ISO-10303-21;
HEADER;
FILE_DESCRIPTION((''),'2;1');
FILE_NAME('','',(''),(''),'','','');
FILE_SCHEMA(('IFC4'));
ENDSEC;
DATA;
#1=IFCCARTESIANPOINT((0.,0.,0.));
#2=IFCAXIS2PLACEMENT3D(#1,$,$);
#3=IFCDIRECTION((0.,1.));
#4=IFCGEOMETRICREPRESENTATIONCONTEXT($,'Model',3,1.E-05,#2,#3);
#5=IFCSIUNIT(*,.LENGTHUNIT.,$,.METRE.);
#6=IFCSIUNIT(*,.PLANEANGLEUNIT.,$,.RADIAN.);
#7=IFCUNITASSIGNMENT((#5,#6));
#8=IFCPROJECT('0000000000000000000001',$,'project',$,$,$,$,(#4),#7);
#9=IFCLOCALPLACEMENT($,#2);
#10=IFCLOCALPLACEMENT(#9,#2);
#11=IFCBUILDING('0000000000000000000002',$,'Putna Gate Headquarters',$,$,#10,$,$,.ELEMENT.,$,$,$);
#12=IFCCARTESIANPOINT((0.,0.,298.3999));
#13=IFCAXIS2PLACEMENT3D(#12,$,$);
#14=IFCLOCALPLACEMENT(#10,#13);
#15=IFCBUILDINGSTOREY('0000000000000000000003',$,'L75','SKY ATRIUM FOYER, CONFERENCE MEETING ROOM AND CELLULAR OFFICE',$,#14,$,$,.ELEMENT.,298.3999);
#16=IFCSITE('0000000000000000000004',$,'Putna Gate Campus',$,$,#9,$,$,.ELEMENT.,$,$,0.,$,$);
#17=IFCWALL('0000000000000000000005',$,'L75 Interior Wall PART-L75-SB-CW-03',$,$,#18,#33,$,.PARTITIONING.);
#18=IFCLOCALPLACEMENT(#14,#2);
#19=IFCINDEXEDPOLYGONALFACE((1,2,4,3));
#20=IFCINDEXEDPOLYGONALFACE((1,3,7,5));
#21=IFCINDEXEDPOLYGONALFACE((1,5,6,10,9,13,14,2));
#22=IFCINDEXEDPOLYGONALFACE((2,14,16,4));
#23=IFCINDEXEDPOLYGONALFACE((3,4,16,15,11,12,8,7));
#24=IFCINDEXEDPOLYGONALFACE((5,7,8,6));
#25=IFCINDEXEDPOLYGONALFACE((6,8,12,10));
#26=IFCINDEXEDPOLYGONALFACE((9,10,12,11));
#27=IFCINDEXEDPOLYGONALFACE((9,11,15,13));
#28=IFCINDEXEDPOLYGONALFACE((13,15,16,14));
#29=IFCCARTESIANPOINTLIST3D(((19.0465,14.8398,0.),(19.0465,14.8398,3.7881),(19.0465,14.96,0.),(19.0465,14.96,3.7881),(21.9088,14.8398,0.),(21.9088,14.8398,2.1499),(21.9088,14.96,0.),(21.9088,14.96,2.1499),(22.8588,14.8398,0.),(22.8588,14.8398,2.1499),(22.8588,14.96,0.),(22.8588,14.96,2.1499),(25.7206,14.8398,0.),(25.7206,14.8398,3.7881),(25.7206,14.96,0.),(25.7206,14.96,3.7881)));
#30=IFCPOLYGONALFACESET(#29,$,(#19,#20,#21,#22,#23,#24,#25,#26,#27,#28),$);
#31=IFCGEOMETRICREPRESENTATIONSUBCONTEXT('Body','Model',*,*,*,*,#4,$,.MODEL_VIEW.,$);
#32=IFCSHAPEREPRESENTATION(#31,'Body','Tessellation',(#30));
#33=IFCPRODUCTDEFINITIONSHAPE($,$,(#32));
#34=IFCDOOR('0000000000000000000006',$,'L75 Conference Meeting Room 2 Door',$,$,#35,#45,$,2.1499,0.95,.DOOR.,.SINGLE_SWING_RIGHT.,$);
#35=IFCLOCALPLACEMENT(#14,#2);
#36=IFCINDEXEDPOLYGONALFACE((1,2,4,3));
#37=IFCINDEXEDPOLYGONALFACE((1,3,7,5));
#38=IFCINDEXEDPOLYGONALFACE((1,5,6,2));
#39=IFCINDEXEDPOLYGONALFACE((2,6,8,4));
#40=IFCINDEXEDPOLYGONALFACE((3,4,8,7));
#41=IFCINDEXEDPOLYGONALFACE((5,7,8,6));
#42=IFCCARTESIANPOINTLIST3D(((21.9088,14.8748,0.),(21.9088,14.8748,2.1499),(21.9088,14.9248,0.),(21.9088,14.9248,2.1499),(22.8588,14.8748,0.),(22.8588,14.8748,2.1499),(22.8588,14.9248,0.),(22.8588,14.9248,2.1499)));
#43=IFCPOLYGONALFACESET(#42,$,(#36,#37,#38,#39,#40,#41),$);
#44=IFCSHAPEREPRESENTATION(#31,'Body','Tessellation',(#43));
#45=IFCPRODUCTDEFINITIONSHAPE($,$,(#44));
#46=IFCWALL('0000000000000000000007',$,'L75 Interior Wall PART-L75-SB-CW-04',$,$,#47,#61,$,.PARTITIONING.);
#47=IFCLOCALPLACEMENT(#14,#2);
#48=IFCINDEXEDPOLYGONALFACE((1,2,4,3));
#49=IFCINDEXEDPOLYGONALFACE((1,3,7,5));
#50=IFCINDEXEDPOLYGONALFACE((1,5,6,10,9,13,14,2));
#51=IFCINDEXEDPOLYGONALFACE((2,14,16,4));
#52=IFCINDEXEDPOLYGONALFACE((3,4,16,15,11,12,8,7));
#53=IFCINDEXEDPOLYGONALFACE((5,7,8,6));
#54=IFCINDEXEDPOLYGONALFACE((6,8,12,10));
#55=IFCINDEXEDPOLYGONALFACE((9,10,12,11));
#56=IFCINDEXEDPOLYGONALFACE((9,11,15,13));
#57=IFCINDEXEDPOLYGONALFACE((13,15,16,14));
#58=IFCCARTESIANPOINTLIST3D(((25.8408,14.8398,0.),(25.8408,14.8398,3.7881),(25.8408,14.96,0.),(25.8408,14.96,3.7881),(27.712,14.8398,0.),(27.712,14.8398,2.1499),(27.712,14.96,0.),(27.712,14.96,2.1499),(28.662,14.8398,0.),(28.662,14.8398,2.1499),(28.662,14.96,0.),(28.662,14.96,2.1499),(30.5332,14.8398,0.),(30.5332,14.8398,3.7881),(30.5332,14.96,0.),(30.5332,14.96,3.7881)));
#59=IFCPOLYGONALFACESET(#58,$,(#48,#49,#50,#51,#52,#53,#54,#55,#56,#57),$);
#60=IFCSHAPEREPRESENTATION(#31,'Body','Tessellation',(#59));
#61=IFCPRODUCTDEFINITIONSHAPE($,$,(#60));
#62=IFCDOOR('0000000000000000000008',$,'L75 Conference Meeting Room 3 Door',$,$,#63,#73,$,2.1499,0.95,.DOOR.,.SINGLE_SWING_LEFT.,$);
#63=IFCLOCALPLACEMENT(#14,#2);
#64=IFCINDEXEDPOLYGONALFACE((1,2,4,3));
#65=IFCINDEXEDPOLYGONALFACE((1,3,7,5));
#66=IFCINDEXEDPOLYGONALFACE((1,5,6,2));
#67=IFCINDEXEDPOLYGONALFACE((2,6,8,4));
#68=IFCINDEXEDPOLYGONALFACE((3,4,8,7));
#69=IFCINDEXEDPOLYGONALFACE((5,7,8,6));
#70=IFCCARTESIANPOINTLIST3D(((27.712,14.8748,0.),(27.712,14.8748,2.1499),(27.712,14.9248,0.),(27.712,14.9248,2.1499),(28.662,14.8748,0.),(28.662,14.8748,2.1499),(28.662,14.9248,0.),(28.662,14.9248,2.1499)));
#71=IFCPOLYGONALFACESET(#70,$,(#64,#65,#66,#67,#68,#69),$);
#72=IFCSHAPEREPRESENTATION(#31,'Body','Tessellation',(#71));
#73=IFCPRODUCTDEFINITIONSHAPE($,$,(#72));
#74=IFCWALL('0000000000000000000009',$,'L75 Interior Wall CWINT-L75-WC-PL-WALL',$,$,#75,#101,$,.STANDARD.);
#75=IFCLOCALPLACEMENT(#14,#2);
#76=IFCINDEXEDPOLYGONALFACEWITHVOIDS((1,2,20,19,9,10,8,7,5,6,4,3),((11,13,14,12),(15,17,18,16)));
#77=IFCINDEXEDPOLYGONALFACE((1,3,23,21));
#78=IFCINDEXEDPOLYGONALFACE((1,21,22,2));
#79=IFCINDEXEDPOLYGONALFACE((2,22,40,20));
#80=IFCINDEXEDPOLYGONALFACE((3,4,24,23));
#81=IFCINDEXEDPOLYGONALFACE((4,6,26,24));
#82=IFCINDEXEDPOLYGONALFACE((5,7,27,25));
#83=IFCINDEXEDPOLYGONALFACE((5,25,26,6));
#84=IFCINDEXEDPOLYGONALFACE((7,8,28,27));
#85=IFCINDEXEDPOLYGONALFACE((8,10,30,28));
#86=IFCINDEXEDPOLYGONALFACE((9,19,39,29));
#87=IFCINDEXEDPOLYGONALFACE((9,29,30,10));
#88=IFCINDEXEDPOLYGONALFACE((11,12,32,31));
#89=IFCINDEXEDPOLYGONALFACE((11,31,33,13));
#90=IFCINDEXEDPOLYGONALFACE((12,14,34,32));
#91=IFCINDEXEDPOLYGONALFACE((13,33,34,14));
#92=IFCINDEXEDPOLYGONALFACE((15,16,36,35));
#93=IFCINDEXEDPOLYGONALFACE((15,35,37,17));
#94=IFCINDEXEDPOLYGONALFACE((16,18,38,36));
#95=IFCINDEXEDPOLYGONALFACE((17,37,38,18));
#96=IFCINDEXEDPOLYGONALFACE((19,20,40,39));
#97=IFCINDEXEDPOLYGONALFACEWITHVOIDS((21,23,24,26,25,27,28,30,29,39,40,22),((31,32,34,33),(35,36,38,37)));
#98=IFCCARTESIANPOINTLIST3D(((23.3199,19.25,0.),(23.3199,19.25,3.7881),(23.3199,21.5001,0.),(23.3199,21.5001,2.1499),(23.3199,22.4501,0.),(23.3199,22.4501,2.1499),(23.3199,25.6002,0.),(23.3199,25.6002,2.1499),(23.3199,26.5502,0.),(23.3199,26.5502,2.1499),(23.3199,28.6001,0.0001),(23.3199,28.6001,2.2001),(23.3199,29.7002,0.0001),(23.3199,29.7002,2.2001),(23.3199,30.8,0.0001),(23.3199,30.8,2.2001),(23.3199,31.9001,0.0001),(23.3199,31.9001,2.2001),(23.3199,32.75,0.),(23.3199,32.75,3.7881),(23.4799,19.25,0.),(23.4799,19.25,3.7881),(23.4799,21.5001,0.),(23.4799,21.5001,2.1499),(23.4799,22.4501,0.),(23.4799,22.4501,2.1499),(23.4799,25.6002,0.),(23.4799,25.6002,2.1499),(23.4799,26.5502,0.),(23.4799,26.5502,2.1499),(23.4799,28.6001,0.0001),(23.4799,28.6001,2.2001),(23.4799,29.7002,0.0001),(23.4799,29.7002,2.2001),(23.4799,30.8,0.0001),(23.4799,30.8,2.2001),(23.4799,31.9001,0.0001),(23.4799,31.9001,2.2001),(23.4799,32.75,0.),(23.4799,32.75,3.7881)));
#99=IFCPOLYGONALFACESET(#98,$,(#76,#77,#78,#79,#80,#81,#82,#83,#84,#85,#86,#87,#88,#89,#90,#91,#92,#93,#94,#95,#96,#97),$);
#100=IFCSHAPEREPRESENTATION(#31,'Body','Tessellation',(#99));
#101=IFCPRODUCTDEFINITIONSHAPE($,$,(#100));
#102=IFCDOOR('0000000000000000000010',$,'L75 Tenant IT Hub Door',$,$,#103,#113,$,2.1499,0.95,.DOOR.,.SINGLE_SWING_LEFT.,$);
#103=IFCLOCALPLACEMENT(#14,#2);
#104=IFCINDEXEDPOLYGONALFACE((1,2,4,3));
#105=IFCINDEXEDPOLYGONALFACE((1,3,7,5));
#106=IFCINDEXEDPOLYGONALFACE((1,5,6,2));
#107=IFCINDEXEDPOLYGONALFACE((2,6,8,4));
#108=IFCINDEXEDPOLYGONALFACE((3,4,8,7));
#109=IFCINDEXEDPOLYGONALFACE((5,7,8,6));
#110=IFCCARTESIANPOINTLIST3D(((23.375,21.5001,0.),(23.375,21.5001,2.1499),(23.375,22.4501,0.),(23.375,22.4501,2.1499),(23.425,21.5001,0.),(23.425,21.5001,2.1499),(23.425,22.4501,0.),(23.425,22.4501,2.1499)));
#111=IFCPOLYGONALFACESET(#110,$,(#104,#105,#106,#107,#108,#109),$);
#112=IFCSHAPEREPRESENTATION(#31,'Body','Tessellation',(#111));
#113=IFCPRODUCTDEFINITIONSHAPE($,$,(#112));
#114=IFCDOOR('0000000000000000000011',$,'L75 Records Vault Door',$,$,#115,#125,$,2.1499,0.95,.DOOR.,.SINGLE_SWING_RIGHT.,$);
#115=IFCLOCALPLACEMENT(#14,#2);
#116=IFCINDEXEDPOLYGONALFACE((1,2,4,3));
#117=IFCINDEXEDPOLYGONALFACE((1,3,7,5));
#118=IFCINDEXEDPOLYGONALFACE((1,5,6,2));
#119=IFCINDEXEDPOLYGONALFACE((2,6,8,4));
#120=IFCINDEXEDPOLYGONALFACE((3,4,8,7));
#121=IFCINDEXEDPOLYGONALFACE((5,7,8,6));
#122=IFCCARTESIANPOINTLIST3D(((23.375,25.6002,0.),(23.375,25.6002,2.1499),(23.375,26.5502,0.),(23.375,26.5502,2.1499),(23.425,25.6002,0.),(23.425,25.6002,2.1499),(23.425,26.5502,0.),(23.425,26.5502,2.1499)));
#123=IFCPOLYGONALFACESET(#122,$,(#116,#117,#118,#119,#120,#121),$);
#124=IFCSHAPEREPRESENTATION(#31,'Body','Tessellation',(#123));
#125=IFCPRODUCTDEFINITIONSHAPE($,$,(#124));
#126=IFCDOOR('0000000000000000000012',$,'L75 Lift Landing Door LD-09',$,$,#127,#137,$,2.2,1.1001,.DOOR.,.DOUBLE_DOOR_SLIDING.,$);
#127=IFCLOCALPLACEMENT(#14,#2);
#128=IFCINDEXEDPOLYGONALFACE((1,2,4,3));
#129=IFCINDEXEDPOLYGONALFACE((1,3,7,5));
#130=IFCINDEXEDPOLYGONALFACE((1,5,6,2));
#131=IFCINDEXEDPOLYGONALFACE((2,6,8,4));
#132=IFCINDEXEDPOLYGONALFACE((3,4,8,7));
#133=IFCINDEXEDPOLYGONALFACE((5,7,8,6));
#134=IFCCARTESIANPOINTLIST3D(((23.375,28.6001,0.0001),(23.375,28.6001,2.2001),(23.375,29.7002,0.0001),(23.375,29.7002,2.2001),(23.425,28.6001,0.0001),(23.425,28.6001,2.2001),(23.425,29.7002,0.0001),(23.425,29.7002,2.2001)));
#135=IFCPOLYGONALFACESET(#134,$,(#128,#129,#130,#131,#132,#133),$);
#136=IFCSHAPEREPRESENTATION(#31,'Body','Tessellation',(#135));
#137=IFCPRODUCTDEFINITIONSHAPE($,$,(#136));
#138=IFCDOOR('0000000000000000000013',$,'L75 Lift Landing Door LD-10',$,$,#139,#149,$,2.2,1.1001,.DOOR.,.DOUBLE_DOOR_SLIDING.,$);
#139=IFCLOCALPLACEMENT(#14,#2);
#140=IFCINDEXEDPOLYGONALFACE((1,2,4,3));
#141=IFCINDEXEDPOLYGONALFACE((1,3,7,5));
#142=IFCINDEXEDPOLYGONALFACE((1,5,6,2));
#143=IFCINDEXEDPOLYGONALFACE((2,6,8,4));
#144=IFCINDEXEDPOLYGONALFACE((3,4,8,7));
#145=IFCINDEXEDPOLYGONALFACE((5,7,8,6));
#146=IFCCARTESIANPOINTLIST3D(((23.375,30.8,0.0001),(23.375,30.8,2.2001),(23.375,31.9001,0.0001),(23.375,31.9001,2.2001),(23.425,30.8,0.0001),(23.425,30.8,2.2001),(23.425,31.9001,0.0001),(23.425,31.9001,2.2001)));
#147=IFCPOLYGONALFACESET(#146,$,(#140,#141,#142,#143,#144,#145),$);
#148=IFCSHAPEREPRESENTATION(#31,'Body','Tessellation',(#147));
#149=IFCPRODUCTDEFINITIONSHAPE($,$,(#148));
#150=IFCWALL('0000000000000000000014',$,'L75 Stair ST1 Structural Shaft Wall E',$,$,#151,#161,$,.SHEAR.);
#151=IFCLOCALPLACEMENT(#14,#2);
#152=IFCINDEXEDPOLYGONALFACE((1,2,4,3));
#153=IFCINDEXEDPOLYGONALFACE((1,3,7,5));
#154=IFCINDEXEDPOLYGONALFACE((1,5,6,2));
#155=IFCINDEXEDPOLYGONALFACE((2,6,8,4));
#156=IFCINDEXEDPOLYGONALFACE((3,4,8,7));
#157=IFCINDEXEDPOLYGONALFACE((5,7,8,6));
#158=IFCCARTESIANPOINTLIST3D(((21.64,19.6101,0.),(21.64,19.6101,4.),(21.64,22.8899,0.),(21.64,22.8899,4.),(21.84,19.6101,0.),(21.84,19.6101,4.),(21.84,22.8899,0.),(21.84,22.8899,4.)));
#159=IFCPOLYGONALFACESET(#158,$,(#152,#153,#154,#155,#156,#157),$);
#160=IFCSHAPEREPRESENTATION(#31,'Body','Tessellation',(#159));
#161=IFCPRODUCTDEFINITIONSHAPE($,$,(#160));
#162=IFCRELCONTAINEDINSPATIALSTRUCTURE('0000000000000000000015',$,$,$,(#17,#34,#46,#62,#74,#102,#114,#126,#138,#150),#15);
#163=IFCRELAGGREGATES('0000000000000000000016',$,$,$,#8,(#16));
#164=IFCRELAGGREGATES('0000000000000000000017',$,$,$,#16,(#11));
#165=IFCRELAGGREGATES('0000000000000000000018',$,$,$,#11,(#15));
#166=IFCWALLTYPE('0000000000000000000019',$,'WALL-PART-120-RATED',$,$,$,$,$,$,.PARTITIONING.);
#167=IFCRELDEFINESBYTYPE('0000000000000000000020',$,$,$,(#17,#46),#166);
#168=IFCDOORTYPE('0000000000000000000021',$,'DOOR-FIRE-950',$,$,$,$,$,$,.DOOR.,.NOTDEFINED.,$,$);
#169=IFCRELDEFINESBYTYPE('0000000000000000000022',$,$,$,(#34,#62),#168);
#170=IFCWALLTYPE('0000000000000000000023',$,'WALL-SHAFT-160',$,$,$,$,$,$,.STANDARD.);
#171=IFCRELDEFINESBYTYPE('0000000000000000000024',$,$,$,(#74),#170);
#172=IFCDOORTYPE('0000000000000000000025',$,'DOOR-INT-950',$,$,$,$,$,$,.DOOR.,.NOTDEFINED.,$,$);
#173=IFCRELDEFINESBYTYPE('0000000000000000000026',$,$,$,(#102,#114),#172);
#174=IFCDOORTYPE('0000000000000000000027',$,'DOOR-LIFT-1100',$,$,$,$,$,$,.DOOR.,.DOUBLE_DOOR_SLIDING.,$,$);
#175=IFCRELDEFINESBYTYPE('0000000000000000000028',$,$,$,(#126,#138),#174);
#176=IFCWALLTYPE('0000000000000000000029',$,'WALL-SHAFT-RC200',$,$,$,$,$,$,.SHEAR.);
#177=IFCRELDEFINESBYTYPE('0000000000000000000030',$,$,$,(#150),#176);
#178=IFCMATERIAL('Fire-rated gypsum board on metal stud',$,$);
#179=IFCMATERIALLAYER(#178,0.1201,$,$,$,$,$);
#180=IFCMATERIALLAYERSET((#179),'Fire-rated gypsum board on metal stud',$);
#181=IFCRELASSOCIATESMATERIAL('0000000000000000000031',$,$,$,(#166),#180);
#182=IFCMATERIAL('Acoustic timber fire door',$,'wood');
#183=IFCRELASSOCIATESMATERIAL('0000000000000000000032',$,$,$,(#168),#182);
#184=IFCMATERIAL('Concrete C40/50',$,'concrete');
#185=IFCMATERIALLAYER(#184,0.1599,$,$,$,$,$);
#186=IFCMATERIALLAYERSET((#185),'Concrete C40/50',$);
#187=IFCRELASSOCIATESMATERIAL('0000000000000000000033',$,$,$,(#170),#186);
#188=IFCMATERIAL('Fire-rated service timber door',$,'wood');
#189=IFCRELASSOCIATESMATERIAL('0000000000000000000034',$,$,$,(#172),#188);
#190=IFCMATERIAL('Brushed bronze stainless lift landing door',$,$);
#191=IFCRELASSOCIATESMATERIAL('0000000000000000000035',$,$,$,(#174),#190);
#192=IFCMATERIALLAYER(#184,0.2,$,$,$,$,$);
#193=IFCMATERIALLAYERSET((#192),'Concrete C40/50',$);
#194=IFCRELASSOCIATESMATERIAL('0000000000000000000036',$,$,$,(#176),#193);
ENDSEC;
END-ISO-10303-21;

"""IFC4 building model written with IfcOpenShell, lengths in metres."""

from ifc_helpers import new_model, si_unit, direction, frame, frame_2d, origin, place, context, subcontext, project, spatial, rectangle, extrude, material, layer, layer_set, type_object, element, fill, save


model = new_model("IFC4")

# Units and contexts
model_context = context("Model", 3, precision=1e-05, world=origin(), true_north=direction((0.0, 1.0)))
body_context = subcontext(model_context, "Body", "Model", "MODEL_VIEW")
ifc_project = project(units=[si_unit("LENGTHUNIT", "METRE"), si_unit("PLANEANGLEUNIT", "RADIAN")], contexts=[model_context])

# Site, building, storey
site_placement = place(None, origin())
site = spatial("IfcSite", under=ifc_project, at=site_placement, Name="Putna Gate Campus", CompositionType="ELEMENT", RefElevation=0.0)
building_placement = place(site_placement, origin())
building = spatial("IfcBuilding", under=site, at=building_placement, Name="Putna Gate Headquarters", CompositionType="ELEMENT")
storey_placement = place(building_placement, frame((0.0, 0.0, 298.3999)))
storey = spatial("IfcBuildingStorey", under=building, at=storey_placement, Name="L75", Description="SKY ATRIUM FOYER, CONFERENCE MEETING ROOM AND CELLULAR OFFICE", CompositionType="ELEMENT", Elevation=298.3999)

# Walls, openings, doors
ifc_material_1 = material(Name="Fire-rated gypsum board on metal stud")
ifc_layer_1 = layer(ifc_material_1, 0.1201)
ifc_layer_set_1 = layer_set([ifc_layer_1], Name="Fire-rated gypsum board on metal stud")
wall_type_1 = type_object("IfcWallType", Name="WALL-PART-120-RATED", PredefinedType="PARTITIONING", material=ifc_layer_set_1)
wall_1_placement = place(storey_placement, frame((19.0466, 14.8999, 0.0), z_axis=(0.0, 0.0, 1.0), x_axis=(1.0, 0.0, 0.0)))
wall_1 = element("IfcWall", 1, at=wall_1_placement, inside=storey, type_object=wall_type_1, Name="L75 Interior Wall PART-L75-SB-CW-03", PredefinedType="PARTITIONING", context=body_context, shape_type="SweptSolid", body=[
    extrude(rectangle(XDim=6.6741, YDim=0.1201, at=frame_2d((3.3369, 0.0))), origin(), (0.0, 0.0, 1.0), 3.7881),
])
opening_1_placement = place(wall_1_placement, frame((2.8621, 0.0, 0.0)))
opening_1 = element("IfcOpeningElement", 2, at=opening_1_placement, cuts=wall_1, PredefinedType="OPENING", context=body_context, shape_type="SweptSolid", body=[
    extrude(rectangle(XDim=0.95, YDim=2.1499, at=frame_2d((0.4751, 1.075))), frame((0.0, 0.0701, 0.0), z_axis=(0.0, -1.0, 0.0), x_axis=(1.0, 0.0, 0.0)), (0.0, 0.0, 1.0), 0.1401),
])
ifc_material_2 = material(Name="Acoustic timber fire door", Category="wood")
door_type_1 = type_object("IfcDoorType", Name="DOOR-FIRE-950", OperationType="NOTDEFINED", PredefinedType="DOOR", material=ifc_material_2)
door_1_placement = place(opening_1_placement, origin())
door_1 = element("IfcDoor", 3, at=door_1_placement, inside=storey, type_object=door_type_1, Name="L75 Conference Meeting Room 2 Door", OperationType="SINGLE_SWING_RIGHT", OverallHeight=2.1499, OverallWidth=0.95, PredefinedType="DOOR", context=body_context, shape_type="SweptSolid", body=[
    extrude(rectangle(XDim=0.95, YDim=2.1499, at=frame_2d((0.4751, 1.075))), frame((0.0, 0.0249, 0.0), z_axis=(0.0, -1.0, 0.0), x_axis=(1.0, 0.0, 0.0)), (0.0, 0.0, 1.0), 0.05),
])
fill(opening_1, door_1)
wall_2_placement = place(storey_placement, frame((25.8408, 14.8999, 0.0), z_axis=(0.0, 0.0, 1.0), x_axis=(1.0, 0.0, 0.0)))
wall_2 = element("IfcWall", 4, at=wall_2_placement, inside=storey, type_object=wall_type_1, Name="L75 Interior Wall PART-L75-SB-CW-04", PredefinedType="PARTITIONING", context=body_context, shape_type="SweptSolid", body=[
    extrude(rectangle(XDim=4.6924, YDim=0.1201, at=frame_2d((2.3462, 0.0))), origin(), (0.0, 0.0, 1.0), 3.7881),
])
opening_2_placement = place(wall_2_placement, frame((1.8711, 0.0, 0.0)))
opening_2 = element("IfcOpeningElement", 5, at=opening_2_placement, cuts=wall_2, PredefinedType="OPENING", context=body_context, shape_type="SweptSolid", body=[
    extrude(rectangle(XDim=0.95, YDim=2.1499, at=frame_2d((0.4751, 1.075))), frame((0.0, 0.0701, 0.0), z_axis=(0.0, -1.0, 0.0), x_axis=(1.0, 0.0, 0.0)), (0.0, 0.0, 1.0), 0.1401),
])
door_2_placement = place(opening_2_placement, origin())
door_2 = element("IfcDoor", 6, at=door_2_placement, inside=storey, type_object=door_type_1, Name="L75 Conference Meeting Room 3 Door", OperationType="SINGLE_SWING_LEFT", OverallHeight=2.1499, OverallWidth=0.95, PredefinedType="DOOR", context=body_context, shape_type="SweptSolid", body=[
    extrude(rectangle(XDim=0.95, YDim=2.1499, at=frame_2d((0.4751, 1.075))), frame((0.0, 0.0249, 0.0), z_axis=(0.0, -1.0, 0.0), x_axis=(1.0, 0.0, 0.0)), (0.0, 0.0, 1.0), 0.05),
])
fill(opening_2, door_2)

# Wall, openings, doors
ifc_material_3 = material(Name="Concrete C40/50", Category="concrete")
ifc_layer_2 = layer(ifc_material_3, 0.1599)
ifc_layer_set_2 = layer_set([ifc_layer_2], Name="Concrete C40/50")
wall_type_2 = type_object("IfcWallType", Name="WALL-SHAFT-160", PredefinedType="STANDARD", material=ifc_layer_set_2)
wall_3_placement = place(storey_placement, frame((23.3999, 19.25, 0.0), z_axis=(0.0, 0.0, 1.0), x_axis=(0.0, 1.0, 0.0)))
wall_3 = element("IfcWall", 7, at=wall_3_placement, inside=storey, type_object=wall_type_2, Name="L75 Interior Wall CWINT-L75-WC-PL-WALL", PredefinedType="STANDARD", context=body_context, shape_type="SweptSolid", body=[
    extrude(rectangle(XDim=13.5, YDim=0.1599, at=frame_2d((6.75, 0.0))), origin(), (0.0, 0.0, 1.0), 3.7881),
])
opening_3_placement = place(wall_3_placement, frame((2.25, 0.0, 0.0)))
opening_3 = element("IfcOpeningElement", 8, at=opening_3_placement, cuts=wall_3, PredefinedType="OPENING", context=body_context, shape_type="SweptSolid", body=[
    extrude(rectangle(XDim=0.95, YDim=2.1499, at=frame_2d((0.4751, 1.075))), frame((0.0, 0.0898, 0.0), z_axis=(0.0, -1.0, 0.0), x_axis=(1.0, 0.0, 0.0)), (0.0, 0.0, 1.0), 0.1799),
])
opening_4_placement = place(wall_3_placement, frame((6.3501, 0.0, 0.0)))
opening_4 = element("IfcOpeningElement", 9, at=opening_4_placement, cuts=wall_3, PredefinedType="OPENING", context=body_context, shape_type="SweptSolid", body=[
    extrude(rectangle(XDim=0.95, YDim=2.1499, at=frame_2d((0.4751, 1.075))), frame((0.0, 0.0898, 0.0), z_axis=(0.0, -1.0, 0.0), x_axis=(1.0, 0.0, 0.0)), (0.0, 0.0, 1.0), 0.1799),
])
opening_5_placement = place(wall_3_placement, frame((9.3501, 0.0, 0.0)))
opening_5 = element("IfcOpeningElement", 10, at=opening_5_placement, cuts=wall_3, PredefinedType="OPENING", context=body_context, shape_type="SweptSolid", body=[
    extrude(rectangle(XDim=1.1001, YDim=2.2, at=frame_2d((0.55, 1.1001))), frame((0.0, 0.0898, 0.0), z_axis=(0.0, -1.0, 0.0), x_axis=(1.0, 0.0, 0.0)), (0.0, 0.0, 1.0), 0.1799),
])
opening_6_placement = place(wall_3_placement, frame((11.55, 0.0, 0.0)))
opening_6 = element("IfcOpeningElement", 11, at=opening_6_placement, cuts=wall_3, PredefinedType="OPENING", context=body_context, shape_type="SweptSolid", body=[
    extrude(rectangle(XDim=1.1001, YDim=2.2, at=frame_2d((0.55, 1.1001))), frame((0.0, 0.0898, 0.0), z_axis=(0.0, -1.0, 0.0), x_axis=(1.0, 0.0, 0.0)), (0.0, 0.0, 1.0), 0.1799),
])
ifc_material_4 = material(Name="Fire-rated service timber door", Category="wood")
door_type_2 = type_object("IfcDoorType", Name="DOOR-INT-950", OperationType="NOTDEFINED", PredefinedType="DOOR", material=ifc_material_4)
door_3_placement = place(opening_3_placement, origin())
door_3 = element("IfcDoor", 12, at=door_3_placement, inside=storey, type_object=door_type_2, Name="L75 Tenant IT Hub Door", OperationType="SINGLE_SWING_LEFT", OverallHeight=2.1499, OverallWidth=0.95, PredefinedType="DOOR", context=body_context, shape_type="SweptSolid", body=[
    extrude(rectangle(XDim=0.95, YDim=2.1499, at=frame_2d((0.4751, 1.075))), frame((0.0, 0.0249, 0.0), z_axis=(0.0, -1.0, 0.0), x_axis=(1.0, 0.0, 0.0)), (0.0, 0.0, 1.0), 0.05),
])
fill(opening_3, door_3)
door_4_placement = place(opening_4_placement, origin())
door_4 = element("IfcDoor", 13, at=door_4_placement, inside=storey, type_object=door_type_2, Name="L75 Records Vault Door", OperationType="SINGLE_SWING_RIGHT", OverallHeight=2.1499, OverallWidth=0.95, PredefinedType="DOOR", context=body_context, shape_type="SweptSolid", body=[
    extrude(rectangle(XDim=0.95, YDim=2.1499, at=frame_2d((0.4751, 1.075))), frame((0.0, 0.0249, 0.0), z_axis=(0.0, -1.0, 0.0), x_axis=(1.0, 0.0, 0.0)), (0.0, 0.0, 1.0), 0.05),
])
fill(opening_4, door_4)
ifc_material_5 = material(Name="Brushed bronze stainless lift landing door")
door_type_3 = type_object("IfcDoorType", Name="DOOR-LIFT-1100", OperationType="DOUBLE_DOOR_SLIDING", PredefinedType="DOOR", material=ifc_material_5)
door_5_placement = place(opening_5_placement, origin())
door_5 = element("IfcDoor", 14, at=door_5_placement, inside=storey, type_object=door_type_3, Name="L75 Lift Landing Door LD-09", OperationType="DOUBLE_DOOR_SLIDING", OverallHeight=2.2, OverallWidth=1.1001, PredefinedType="DOOR", context=body_context, shape_type="SweptSolid", body=[
    extrude(rectangle(XDim=1.1001, YDim=2.2, at=frame_2d((0.55, 1.1001))), frame((0.0, 0.0249, 0.0), z_axis=(0.0, -1.0, 0.0), x_axis=(1.0, 0.0, 0.0)), (0.0, 0.0, 1.0), 0.05),
])
fill(opening_5, door_5)
door_6_placement = place(opening_6_placement, origin())
door_6 = element("IfcDoor", 15, at=door_6_placement, inside=storey, type_object=door_type_3, Name="L75 Lift Landing Door LD-10", OperationType="DOUBLE_DOOR_SLIDING", OverallHeight=2.2, OverallWidth=1.1001, PredefinedType="DOOR", context=body_context, shape_type="SweptSolid", body=[
    extrude(rectangle(XDim=1.1001, YDim=2.2, at=frame_2d((0.55, 1.1001))), frame((0.0, 0.0249, 0.0), z_axis=(0.0, -1.0, 0.0), x_axis=(1.0, 0.0, 0.0)), (0.0, 0.0, 1.0), 0.05),
])
fill(opening_6, door_6)

# Wall
ifc_layer_3 = layer(ifc_material_3, 0.2)
ifc_layer_set_3 = layer_set([ifc_layer_3], Name="Concrete C40/50")
wall_type_3 = type_object("IfcWallType", Name="WALL-SHAFT-RC200", PredefinedType="SHEAR", material=ifc_layer_set_3)
wall_4_placement = place(storey_placement, frame((21.74, 19.6101, 0.0), z_axis=(0.0, 0.0, 1.0), x_axis=(0.0, 1.0, 0.0)))
element("IfcWall", 16, at=wall_4_placement, inside=storey, type_object=wall_type_3, Name="L75 Stair ST1 Structural Shaft Wall E", PredefinedType="SHEAR", context=body_context, shape_type="SweptSolid", body=[
    extrude(rectangle(XDim=3.2798, YDim=0.2, at=frame_2d((1.6399, 0.0))), origin(), (0.0, 0.0, 1.0), 4.0),
])

save(model, "model.ifc")
